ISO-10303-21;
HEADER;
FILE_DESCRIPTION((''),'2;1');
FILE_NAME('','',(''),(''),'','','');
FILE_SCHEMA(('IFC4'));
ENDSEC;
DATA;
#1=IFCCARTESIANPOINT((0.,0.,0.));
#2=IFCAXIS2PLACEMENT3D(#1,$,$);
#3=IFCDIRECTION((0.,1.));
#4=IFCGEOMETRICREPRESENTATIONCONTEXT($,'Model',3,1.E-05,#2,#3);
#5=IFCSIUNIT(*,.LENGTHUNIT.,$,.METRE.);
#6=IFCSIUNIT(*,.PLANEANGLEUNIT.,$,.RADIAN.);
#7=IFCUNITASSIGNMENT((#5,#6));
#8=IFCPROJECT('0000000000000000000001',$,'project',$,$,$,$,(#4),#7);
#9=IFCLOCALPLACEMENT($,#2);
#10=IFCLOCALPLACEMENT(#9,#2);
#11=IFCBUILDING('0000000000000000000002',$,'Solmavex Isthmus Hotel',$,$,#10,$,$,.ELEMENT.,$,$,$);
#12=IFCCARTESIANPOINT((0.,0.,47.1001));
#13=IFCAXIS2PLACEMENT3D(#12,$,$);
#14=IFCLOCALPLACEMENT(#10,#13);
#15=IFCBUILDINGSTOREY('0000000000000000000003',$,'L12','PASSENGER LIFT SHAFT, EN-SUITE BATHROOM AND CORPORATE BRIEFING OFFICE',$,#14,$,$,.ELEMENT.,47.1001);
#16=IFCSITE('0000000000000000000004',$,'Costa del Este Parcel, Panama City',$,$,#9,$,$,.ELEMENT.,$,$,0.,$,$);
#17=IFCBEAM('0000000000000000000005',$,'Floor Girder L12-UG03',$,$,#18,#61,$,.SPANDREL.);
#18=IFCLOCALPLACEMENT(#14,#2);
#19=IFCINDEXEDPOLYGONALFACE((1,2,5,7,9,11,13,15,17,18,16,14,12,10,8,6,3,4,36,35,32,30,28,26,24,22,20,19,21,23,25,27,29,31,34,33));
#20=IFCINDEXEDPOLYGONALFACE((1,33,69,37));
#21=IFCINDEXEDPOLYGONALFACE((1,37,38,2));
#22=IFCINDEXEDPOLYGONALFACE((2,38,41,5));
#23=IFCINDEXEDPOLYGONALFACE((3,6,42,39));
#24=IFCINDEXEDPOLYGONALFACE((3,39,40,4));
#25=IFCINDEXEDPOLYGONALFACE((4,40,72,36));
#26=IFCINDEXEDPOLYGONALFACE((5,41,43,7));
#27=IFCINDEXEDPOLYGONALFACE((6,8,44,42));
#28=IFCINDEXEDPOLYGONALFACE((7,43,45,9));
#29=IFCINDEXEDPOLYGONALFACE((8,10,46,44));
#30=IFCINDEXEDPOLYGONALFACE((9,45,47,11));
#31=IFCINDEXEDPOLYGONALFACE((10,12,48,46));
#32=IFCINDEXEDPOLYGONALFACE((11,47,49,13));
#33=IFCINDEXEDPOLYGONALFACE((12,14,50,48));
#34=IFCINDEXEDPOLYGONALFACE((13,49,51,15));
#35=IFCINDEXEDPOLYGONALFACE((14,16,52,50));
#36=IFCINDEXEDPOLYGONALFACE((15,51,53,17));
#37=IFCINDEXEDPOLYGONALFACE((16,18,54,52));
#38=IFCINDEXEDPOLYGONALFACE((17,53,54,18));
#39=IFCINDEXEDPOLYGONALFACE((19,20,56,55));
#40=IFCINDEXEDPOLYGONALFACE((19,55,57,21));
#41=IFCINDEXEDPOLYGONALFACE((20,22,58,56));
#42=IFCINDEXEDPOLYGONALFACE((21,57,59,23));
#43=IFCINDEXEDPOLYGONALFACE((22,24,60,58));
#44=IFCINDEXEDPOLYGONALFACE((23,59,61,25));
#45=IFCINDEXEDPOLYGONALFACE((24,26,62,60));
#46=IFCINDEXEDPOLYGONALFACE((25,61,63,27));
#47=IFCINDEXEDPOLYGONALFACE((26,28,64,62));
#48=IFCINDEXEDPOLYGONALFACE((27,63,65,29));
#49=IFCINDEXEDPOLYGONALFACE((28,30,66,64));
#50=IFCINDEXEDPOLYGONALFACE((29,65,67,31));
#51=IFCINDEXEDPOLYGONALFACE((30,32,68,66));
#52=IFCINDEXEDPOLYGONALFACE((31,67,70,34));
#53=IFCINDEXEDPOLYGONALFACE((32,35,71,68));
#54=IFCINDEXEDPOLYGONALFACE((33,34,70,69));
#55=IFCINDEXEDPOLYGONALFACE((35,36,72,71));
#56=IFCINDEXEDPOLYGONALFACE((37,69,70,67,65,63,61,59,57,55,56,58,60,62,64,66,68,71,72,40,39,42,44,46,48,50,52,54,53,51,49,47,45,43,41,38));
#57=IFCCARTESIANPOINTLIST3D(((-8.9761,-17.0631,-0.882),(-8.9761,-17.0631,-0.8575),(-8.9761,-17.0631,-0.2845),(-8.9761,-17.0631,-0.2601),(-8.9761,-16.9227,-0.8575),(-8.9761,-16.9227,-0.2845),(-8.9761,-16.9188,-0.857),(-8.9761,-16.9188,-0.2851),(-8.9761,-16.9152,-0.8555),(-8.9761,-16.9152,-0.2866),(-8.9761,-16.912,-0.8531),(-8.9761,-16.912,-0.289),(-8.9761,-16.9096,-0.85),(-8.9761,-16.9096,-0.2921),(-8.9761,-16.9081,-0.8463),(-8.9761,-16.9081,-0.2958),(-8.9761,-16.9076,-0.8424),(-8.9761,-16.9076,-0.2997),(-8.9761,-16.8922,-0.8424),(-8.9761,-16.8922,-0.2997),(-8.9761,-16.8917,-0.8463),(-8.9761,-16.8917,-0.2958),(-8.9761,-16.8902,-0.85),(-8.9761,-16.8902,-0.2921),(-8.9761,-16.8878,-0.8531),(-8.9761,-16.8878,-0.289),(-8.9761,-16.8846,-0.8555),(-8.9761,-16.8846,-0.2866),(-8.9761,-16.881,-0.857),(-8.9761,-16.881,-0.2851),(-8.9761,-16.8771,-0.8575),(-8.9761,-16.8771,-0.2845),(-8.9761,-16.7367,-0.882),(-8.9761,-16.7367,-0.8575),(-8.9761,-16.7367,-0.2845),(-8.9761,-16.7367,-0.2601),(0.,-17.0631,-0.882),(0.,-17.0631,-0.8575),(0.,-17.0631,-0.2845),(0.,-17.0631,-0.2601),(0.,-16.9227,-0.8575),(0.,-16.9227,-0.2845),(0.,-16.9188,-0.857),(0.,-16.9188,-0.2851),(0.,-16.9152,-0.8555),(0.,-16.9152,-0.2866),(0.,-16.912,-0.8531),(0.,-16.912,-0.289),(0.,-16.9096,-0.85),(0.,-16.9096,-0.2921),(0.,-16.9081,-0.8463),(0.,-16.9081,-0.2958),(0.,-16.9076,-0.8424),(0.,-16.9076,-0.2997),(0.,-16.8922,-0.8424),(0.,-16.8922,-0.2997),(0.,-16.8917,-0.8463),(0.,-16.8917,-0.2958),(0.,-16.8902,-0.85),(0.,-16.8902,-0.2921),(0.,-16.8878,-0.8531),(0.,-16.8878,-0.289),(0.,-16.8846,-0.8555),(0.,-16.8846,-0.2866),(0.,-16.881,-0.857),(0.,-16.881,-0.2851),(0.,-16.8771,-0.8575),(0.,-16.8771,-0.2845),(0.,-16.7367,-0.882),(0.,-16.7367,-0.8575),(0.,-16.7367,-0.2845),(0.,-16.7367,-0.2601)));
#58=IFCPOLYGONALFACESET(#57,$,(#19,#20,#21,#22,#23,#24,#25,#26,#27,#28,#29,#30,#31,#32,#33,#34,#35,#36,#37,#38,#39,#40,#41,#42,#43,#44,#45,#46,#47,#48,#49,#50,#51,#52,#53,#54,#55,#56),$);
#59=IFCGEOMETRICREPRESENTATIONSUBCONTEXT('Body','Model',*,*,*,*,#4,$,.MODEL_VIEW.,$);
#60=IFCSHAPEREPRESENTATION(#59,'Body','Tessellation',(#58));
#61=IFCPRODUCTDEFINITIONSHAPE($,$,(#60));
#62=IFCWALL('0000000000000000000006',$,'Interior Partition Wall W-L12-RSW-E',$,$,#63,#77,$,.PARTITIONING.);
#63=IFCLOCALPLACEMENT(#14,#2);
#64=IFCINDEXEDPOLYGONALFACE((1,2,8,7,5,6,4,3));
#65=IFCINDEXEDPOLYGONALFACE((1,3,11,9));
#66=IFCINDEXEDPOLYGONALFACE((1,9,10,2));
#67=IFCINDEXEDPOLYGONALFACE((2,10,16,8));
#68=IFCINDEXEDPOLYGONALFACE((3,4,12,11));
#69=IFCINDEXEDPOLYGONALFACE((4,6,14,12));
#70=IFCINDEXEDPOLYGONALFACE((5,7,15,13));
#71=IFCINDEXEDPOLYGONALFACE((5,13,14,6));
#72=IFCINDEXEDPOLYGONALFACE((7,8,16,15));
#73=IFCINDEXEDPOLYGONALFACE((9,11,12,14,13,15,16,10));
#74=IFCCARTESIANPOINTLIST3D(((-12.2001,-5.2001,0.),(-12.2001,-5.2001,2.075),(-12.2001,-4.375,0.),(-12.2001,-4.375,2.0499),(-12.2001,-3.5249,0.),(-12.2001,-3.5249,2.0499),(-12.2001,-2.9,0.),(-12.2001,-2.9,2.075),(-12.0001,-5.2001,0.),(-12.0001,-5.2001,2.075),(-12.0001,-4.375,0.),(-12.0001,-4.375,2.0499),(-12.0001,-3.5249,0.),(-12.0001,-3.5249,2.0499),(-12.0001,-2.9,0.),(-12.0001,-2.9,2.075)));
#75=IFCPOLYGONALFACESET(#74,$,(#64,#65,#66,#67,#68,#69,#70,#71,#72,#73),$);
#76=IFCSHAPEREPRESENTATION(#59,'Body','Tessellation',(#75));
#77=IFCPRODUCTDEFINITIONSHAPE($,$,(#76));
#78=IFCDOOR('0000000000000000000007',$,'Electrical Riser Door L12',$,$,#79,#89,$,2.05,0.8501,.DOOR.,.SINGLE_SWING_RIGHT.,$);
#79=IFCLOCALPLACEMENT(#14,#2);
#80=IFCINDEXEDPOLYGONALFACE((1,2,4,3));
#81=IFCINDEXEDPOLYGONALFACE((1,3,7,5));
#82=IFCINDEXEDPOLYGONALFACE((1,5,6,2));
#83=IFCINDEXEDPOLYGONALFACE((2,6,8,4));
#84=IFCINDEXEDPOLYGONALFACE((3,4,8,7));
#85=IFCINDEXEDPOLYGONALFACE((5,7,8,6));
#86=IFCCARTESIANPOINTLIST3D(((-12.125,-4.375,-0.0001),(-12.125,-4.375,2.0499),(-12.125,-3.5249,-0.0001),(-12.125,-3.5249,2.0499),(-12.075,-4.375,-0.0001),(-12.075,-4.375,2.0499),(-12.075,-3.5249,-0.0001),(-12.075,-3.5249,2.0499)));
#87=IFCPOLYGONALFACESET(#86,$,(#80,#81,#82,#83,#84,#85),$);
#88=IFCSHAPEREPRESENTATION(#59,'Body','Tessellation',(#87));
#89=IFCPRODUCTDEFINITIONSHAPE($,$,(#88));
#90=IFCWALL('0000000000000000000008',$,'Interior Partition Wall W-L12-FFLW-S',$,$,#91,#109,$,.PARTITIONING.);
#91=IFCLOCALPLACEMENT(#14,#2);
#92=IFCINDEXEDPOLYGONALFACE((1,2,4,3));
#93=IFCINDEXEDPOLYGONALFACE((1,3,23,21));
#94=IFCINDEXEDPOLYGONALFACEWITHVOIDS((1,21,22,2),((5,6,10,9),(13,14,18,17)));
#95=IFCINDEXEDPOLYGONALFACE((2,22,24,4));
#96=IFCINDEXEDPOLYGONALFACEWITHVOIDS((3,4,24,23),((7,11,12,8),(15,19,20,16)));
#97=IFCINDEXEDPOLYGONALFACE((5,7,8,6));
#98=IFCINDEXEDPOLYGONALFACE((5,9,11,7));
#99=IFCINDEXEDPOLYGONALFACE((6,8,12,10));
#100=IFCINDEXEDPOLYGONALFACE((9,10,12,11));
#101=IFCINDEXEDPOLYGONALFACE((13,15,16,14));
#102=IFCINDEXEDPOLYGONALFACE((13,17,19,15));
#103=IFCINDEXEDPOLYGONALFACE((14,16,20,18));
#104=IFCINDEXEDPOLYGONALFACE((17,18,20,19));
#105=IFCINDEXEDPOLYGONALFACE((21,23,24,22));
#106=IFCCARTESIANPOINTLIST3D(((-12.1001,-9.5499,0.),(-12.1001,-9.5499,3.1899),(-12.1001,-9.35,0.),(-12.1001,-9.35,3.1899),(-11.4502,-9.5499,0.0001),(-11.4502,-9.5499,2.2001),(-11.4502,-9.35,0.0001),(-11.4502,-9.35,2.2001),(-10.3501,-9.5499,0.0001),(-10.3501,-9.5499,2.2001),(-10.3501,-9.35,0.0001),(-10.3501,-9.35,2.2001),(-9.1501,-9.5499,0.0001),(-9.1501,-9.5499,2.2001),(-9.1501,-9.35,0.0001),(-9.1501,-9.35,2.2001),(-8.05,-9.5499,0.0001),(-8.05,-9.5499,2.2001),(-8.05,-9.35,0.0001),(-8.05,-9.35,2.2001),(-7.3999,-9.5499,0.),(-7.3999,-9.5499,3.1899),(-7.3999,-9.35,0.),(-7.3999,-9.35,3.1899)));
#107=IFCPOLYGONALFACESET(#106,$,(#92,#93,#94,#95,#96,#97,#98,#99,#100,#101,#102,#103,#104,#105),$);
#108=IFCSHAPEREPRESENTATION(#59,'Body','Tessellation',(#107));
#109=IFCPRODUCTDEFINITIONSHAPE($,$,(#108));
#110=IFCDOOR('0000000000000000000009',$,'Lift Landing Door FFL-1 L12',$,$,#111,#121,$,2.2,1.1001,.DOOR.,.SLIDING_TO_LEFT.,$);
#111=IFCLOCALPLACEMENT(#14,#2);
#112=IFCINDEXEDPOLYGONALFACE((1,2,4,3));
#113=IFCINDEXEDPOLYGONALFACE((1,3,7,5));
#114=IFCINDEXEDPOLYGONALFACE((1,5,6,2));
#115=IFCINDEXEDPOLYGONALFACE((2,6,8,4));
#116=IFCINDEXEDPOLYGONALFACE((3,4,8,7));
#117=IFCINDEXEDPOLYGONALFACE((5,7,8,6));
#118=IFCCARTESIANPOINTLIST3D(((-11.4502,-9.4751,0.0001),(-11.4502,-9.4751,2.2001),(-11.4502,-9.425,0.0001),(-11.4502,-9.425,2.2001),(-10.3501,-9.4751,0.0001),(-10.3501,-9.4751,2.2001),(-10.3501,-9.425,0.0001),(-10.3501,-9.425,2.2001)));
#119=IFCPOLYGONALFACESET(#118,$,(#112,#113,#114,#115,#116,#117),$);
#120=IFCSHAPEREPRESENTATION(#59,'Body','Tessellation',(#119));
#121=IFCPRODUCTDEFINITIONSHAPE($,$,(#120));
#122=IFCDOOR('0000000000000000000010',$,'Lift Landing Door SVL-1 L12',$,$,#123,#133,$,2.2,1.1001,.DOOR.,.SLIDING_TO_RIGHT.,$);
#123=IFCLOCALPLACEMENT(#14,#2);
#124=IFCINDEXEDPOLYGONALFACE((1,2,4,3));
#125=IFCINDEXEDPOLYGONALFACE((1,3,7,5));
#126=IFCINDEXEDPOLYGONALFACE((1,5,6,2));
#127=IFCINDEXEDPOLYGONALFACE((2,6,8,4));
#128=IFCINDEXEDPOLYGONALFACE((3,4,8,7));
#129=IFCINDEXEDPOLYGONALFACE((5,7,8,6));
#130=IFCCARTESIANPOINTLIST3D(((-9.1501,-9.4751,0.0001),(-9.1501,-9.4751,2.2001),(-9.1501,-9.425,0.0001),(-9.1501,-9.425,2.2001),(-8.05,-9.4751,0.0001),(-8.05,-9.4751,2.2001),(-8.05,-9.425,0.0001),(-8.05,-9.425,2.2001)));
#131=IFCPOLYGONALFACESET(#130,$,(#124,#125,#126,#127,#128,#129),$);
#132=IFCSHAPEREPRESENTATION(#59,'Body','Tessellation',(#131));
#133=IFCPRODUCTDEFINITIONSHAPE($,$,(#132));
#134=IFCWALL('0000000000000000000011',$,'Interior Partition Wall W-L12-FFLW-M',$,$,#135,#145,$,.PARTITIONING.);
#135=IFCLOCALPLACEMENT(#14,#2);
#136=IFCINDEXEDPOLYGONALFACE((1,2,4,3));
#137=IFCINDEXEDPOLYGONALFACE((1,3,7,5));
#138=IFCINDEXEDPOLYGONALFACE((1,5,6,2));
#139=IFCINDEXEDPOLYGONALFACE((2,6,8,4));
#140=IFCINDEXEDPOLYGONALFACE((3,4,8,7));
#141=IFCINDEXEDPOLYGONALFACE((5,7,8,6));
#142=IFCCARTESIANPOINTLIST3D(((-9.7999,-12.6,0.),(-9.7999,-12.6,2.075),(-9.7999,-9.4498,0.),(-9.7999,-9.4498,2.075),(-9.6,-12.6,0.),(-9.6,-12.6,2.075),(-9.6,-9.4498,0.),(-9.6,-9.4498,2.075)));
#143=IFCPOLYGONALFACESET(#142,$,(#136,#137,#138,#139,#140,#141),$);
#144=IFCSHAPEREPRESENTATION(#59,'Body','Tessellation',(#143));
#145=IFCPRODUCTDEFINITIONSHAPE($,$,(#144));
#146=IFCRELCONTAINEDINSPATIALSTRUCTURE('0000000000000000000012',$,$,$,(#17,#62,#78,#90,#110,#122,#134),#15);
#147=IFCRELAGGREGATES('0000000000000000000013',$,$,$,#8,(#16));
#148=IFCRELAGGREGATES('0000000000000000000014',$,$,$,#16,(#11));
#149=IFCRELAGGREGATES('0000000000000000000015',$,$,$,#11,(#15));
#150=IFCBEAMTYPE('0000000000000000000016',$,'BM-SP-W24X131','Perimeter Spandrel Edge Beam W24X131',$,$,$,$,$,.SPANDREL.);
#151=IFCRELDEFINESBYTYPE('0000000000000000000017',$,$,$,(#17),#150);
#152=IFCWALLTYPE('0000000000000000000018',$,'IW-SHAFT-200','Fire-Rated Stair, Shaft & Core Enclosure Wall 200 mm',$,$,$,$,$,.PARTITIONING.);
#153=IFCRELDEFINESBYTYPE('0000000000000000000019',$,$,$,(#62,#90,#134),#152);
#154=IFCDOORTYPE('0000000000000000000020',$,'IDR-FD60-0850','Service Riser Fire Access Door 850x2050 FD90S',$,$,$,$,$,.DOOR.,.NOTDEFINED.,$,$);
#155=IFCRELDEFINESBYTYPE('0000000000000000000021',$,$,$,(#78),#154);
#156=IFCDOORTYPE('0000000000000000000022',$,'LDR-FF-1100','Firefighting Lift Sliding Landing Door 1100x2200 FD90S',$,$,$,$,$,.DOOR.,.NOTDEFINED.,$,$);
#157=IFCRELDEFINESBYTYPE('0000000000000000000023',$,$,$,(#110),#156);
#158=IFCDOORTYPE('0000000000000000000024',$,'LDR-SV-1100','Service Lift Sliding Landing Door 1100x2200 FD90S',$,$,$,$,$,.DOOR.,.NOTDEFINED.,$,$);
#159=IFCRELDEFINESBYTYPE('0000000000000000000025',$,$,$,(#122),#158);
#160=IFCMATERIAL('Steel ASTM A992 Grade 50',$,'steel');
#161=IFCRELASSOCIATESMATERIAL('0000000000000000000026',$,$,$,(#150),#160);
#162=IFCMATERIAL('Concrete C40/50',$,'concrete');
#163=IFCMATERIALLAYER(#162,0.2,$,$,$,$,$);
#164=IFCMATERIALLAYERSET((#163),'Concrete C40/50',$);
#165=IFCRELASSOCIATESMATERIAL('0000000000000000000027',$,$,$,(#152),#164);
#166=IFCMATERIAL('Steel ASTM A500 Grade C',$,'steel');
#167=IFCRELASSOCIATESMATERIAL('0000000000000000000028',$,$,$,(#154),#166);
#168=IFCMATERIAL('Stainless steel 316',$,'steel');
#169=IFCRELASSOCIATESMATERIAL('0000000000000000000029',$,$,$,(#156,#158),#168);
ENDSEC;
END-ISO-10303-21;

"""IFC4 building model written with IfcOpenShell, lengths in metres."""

from ifc_helpers import new_model, si_unit, direction, frame, frame_2d, origin, origin_2d, place, context, subcontext, project, spatial, rectangle, i_section, extrude, material, layer, layer_set, material_profile, profile_set, type_object, element, fill, save


model = new_model("IFC4")

# Units and contexts
model_context = context("Model", 3, precision=1e-05, world=origin(), true_north=direction((0.0, 1.0)))
body_context = subcontext(model_context, "Body", "Model", "MODEL_VIEW")
ifc_project = project(units=[si_unit("LENGTHUNIT", "METRE"), si_unit("PLANEANGLEUNIT", "RADIAN")], contexts=[model_context])

# Site, building, storey
site_placement = place(None, origin())
site = spatial("IfcSite", under=ifc_project, at=site_placement, Name="Costa del Este Parcel, Panama City", CompositionType="ELEMENT", RefElevation=0.0)
building_placement = place(site_placement, origin())
building = spatial("IfcBuilding", under=site, at=building_placement, Name="Solmavex Isthmus Hotel", CompositionType="ELEMENT")
storey_placement = place(building_placement, frame((0.0, 0.0, 47.1001)))
storey = spatial("IfcBuildingStorey", under=building, at=storey_placement, Name="L12", Description="PASSENGER LIFT SHAFT, EN-SUITE BATHROOM AND CORPORATE BRIEFING OFFICE", CompositionType="ELEMENT", Elevation=47.1001)

# Beam
ifc_material_1 = material(Name="Steel ASTM A992 Grade 50", Category="steel")
ifc_material_profile_1 = material_profile(ifc_material_1, i_section(OverallWidth=0.3264, OverallDepth=0.6218, WebThickness=0.0154, FlangeThickness=0.0244, FilletRadius=0.0151, at=origin_2d()), Name="W24X131")
ifc_profile_set_1 = profile_set([ifc_material_profile_1], Name="Steel ASTM A992 Grade 50")
beam_type_1 = type_object("IfcBeamType", Name="BM-SP-W24X131", Description="Perimeter Spandrel Edge Beam W24X131", PredefinedType="SPANDREL", material=ifc_profile_set_1)
beam_1_placement = place(storey_placement, frame((-8.9761, -16.8999, -0.571), z_axis=(1.0, 0.0, 0.0), x_axis=(0.0, 1.0, 0.0)))
element("IfcBeam", 1, at=beam_1_placement, inside=storey, type_object=beam_type_1, Name="Floor Girder L12-UG03", PredefinedType="SPANDREL", context=body_context, shape_type="SweptSolid", body=[
    extrude(i_section(OverallWidth=0.3264, OverallDepth=0.6218, WebThickness=0.0154, FlangeThickness=0.0244, FilletRadius=0.0151, at=origin_2d()), origin(), (0.0, 0.0, 1.0), 8.9761),
])

# Wall, opening, door
ifc_material_2 = material(Name="Concrete C40/50", Category="concrete")
ifc_layer_1 = layer(ifc_material_2, 0.2)
ifc_layer_set_1 = layer_set([ifc_layer_1], Name="Concrete C40/50")
wall_type_1 = type_object("IfcWallType", Name="IW-SHAFT-200", Description="Fire-Rated Stair, Shaft & Core Enclosure Wall 200 mm", PredefinedType="PARTITIONING", material=ifc_layer_set_1)
wall_1_placement = place(storey_placement, frame((-12.1001, -5.2, 0.0), z_axis=(0.0, 0.0, 1.0), x_axis=(0.0, 1.0, 0.0)))
wall_1 = element("IfcWall", 2, at=wall_1_placement, inside=storey, type_object=wall_type_1, Name="Interior Partition Wall W-L12-RSW-E", PredefinedType="PARTITIONING", context=body_context, shape_type="SweptSolid", body=[
    extrude(rectangle(XDim=2.3, YDim=0.2, at=frame_2d((1.1499, 0.0))), origin(), (0.0, 0.0, 1.0), 2.075),
])
opening_1_placement = place(wall_1_placement, frame((0.825, 0.0, 0.0)))
opening_1 = element("IfcOpeningElement", 3, at=opening_1_placement, cuts=wall_1, PredefinedType="OPENING", context=body_context, shape_type="SweptSolid", body=[
    extrude(rectangle(XDim=0.8501, YDim=2.05, at=frame_2d((0.425, 1.0249))), frame((0.0, 0.1099, 0.0), z_axis=(0.0, -1.0, 0.0), x_axis=(1.0, 0.0, 0.0)), (0.0, 0.0, 1.0), 0.22),
])
ifc_material_3 = material(Name="Steel ASTM A500 Grade C", Category="steel")
door_type_1 = type_object("IfcDoorType", Name="IDR-FD60-0850", Description="Service Riser Fire Access Door 850x2050 FD90S", OperationType="NOTDEFINED", PredefinedType="DOOR", material=ifc_material_3)
door_1_placement = place(opening_1_placement, origin())
door_1 = element("IfcDoor", 4, at=door_1_placement, inside=storey, type_object=door_type_1, Name="Electrical Riser Door L12", OperationType="SINGLE_SWING_RIGHT", OverallHeight=2.05, OverallWidth=0.8501, PredefinedType="DOOR", context=body_context, shape_type="SweptSolid", body=[
    extrude(rectangle(XDim=0.8501, YDim=2.05, at=frame_2d((0.425, 1.0249))), frame((0.0, 0.0249, 0.0), z_axis=(0.0, -1.0, 0.0), x_axis=(1.0, 0.0, 0.0)), (0.0, 0.0, 1.0), 0.05),
])
fill(opening_1, door_1)

# Wall, openings, doors
wall_2_placement = place(storey_placement, frame((-12.1001, -9.45, 0.0), z_axis=(0.0, 0.0, 1.0), x_axis=(1.0, 0.0, 0.0)))
wall_2 = element("IfcWall", 5, at=wall_2_placement, inside=storey, type_object=wall_type_1, Name="Interior Partition Wall W-L12-FFLW-S", PredefinedType="PARTITIONING", context=body_context, shape_type="SweptSolid", body=[
    extrude(rectangle(XDim=4.7002, YDim=0.2, at=frame_2d((2.3501, 0.0))), origin(), (0.0, 0.0, 1.0), 3.1899),
])
opening_2_placement = place(wall_2_placement, frame((0.6499, 0.0, 0.0)))
opening_2 = element("IfcOpeningElement", 6, at=opening_2_placement, cuts=wall_2, PredefinedType="OPENING", context=body_context, shape_type="SweptSolid", body=[
    extrude(rectangle(XDim=1.1001, YDim=2.2, at=frame_2d((0.55, 1.1001))), frame((0.0, 0.1099, 0.0), z_axis=(0.0, -1.0, 0.0), x_axis=(1.0, 0.0, 0.0)), (0.0, 0.0, 1.0), 0.22),
])
opening_3_placement = place(wall_2_placement, frame((2.95, 0.0, 0.0)))
opening_3 = element("IfcOpeningElement", 7, at=opening_3_placement, cuts=wall_2, PredefinedType="OPENING", context=body_context, shape_type="SweptSolid", body=[
    extrude(rectangle(XDim=1.1001, YDim=2.2, at=frame_2d((0.55, 1.1001))), frame((0.0, 0.1099, 0.0), z_axis=(0.0, -1.0, 0.0), x_axis=(1.0, 0.0, 0.0)), (0.0, 0.0, 1.0), 0.22),
])
ifc_material_4 = material(Name="Stainless steel 316", Category="steel")
door_type_2 = type_object("IfcDoorType", Name="LDR-FF-1100", Description="Firefighting Lift Sliding Landing Door 1100x2200 FD90S", OperationType="NOTDEFINED", PredefinedType="DOOR", material=ifc_material_4)
door_2_placement = place(opening_2_placement, origin())
door_2 = element("IfcDoor", 8, at=door_2_placement, inside=storey, type_object=door_type_2, Name="Lift Landing Door FFL-1 L12", OperationType="SLIDING_TO_LEFT", OverallHeight=2.2, OverallWidth=1.1001, PredefinedType="DOOR", context=body_context, shape_type="SweptSolid", body=[
    extrude(rectangle(XDim=1.1001, YDim=2.2, at=frame_2d((0.55, 1.1001))), frame((0.0, 0.0249, 0.0), z_axis=(0.0, -1.0, 0.0), x_axis=(1.0, 0.0, 0.0)), (0.0, 0.0, 1.0), 0.05),
])
fill(opening_2, door_2)
door_type_3 = type_object("IfcDoorType", Name="LDR-SV-1100", Description="Service Lift Sliding Landing Door 1100x2200 FD90S", OperationType="NOTDEFINED", PredefinedType="DOOR", material=ifc_material_4)
door_3_placement = place(opening_3_placement, origin())
door_3 = element("IfcDoor", 9, at=door_3_placement, inside=storey, type_object=door_type_3, Name="Lift Landing Door SVL-1 L12", OperationType="SLIDING_TO_RIGHT", OverallHeight=2.2, OverallWidth=1.1001, PredefinedType="DOOR", context=body_context, shape_type="SweptSolid", body=[
    extrude(rectangle(XDim=1.1001, YDim=2.2, at=frame_2d((0.55, 1.1001))), frame((0.0, 0.0249, 0.0), z_axis=(0.0, -1.0, 0.0), x_axis=(1.0, 0.0, 0.0)), (0.0, 0.0, 1.0), 0.05),
])
fill(opening_3, door_3)

# Wall
wall_3_placement = place(storey_placement, frame((-9.7, -12.6001, 0.0), z_axis=(0.0, 0.0, 1.0), x_axis=(0.0, 1.0, 0.0)))
element("IfcWall", 10, at=wall_3_placement, inside=storey, type_object=wall_type_1, Name="Interior Partition Wall W-L12-FFLW-M", PredefinedType="PARTITIONING", context=body_context, shape_type="SweptSolid", body=[
    extrude(rectangle(XDim=3.1501, YDim=0.2, at=frame_2d((1.5752, 0.0))), origin(), (0.0, 0.0, 1.0), 2.075),
])

save(model, "model.ifc")
